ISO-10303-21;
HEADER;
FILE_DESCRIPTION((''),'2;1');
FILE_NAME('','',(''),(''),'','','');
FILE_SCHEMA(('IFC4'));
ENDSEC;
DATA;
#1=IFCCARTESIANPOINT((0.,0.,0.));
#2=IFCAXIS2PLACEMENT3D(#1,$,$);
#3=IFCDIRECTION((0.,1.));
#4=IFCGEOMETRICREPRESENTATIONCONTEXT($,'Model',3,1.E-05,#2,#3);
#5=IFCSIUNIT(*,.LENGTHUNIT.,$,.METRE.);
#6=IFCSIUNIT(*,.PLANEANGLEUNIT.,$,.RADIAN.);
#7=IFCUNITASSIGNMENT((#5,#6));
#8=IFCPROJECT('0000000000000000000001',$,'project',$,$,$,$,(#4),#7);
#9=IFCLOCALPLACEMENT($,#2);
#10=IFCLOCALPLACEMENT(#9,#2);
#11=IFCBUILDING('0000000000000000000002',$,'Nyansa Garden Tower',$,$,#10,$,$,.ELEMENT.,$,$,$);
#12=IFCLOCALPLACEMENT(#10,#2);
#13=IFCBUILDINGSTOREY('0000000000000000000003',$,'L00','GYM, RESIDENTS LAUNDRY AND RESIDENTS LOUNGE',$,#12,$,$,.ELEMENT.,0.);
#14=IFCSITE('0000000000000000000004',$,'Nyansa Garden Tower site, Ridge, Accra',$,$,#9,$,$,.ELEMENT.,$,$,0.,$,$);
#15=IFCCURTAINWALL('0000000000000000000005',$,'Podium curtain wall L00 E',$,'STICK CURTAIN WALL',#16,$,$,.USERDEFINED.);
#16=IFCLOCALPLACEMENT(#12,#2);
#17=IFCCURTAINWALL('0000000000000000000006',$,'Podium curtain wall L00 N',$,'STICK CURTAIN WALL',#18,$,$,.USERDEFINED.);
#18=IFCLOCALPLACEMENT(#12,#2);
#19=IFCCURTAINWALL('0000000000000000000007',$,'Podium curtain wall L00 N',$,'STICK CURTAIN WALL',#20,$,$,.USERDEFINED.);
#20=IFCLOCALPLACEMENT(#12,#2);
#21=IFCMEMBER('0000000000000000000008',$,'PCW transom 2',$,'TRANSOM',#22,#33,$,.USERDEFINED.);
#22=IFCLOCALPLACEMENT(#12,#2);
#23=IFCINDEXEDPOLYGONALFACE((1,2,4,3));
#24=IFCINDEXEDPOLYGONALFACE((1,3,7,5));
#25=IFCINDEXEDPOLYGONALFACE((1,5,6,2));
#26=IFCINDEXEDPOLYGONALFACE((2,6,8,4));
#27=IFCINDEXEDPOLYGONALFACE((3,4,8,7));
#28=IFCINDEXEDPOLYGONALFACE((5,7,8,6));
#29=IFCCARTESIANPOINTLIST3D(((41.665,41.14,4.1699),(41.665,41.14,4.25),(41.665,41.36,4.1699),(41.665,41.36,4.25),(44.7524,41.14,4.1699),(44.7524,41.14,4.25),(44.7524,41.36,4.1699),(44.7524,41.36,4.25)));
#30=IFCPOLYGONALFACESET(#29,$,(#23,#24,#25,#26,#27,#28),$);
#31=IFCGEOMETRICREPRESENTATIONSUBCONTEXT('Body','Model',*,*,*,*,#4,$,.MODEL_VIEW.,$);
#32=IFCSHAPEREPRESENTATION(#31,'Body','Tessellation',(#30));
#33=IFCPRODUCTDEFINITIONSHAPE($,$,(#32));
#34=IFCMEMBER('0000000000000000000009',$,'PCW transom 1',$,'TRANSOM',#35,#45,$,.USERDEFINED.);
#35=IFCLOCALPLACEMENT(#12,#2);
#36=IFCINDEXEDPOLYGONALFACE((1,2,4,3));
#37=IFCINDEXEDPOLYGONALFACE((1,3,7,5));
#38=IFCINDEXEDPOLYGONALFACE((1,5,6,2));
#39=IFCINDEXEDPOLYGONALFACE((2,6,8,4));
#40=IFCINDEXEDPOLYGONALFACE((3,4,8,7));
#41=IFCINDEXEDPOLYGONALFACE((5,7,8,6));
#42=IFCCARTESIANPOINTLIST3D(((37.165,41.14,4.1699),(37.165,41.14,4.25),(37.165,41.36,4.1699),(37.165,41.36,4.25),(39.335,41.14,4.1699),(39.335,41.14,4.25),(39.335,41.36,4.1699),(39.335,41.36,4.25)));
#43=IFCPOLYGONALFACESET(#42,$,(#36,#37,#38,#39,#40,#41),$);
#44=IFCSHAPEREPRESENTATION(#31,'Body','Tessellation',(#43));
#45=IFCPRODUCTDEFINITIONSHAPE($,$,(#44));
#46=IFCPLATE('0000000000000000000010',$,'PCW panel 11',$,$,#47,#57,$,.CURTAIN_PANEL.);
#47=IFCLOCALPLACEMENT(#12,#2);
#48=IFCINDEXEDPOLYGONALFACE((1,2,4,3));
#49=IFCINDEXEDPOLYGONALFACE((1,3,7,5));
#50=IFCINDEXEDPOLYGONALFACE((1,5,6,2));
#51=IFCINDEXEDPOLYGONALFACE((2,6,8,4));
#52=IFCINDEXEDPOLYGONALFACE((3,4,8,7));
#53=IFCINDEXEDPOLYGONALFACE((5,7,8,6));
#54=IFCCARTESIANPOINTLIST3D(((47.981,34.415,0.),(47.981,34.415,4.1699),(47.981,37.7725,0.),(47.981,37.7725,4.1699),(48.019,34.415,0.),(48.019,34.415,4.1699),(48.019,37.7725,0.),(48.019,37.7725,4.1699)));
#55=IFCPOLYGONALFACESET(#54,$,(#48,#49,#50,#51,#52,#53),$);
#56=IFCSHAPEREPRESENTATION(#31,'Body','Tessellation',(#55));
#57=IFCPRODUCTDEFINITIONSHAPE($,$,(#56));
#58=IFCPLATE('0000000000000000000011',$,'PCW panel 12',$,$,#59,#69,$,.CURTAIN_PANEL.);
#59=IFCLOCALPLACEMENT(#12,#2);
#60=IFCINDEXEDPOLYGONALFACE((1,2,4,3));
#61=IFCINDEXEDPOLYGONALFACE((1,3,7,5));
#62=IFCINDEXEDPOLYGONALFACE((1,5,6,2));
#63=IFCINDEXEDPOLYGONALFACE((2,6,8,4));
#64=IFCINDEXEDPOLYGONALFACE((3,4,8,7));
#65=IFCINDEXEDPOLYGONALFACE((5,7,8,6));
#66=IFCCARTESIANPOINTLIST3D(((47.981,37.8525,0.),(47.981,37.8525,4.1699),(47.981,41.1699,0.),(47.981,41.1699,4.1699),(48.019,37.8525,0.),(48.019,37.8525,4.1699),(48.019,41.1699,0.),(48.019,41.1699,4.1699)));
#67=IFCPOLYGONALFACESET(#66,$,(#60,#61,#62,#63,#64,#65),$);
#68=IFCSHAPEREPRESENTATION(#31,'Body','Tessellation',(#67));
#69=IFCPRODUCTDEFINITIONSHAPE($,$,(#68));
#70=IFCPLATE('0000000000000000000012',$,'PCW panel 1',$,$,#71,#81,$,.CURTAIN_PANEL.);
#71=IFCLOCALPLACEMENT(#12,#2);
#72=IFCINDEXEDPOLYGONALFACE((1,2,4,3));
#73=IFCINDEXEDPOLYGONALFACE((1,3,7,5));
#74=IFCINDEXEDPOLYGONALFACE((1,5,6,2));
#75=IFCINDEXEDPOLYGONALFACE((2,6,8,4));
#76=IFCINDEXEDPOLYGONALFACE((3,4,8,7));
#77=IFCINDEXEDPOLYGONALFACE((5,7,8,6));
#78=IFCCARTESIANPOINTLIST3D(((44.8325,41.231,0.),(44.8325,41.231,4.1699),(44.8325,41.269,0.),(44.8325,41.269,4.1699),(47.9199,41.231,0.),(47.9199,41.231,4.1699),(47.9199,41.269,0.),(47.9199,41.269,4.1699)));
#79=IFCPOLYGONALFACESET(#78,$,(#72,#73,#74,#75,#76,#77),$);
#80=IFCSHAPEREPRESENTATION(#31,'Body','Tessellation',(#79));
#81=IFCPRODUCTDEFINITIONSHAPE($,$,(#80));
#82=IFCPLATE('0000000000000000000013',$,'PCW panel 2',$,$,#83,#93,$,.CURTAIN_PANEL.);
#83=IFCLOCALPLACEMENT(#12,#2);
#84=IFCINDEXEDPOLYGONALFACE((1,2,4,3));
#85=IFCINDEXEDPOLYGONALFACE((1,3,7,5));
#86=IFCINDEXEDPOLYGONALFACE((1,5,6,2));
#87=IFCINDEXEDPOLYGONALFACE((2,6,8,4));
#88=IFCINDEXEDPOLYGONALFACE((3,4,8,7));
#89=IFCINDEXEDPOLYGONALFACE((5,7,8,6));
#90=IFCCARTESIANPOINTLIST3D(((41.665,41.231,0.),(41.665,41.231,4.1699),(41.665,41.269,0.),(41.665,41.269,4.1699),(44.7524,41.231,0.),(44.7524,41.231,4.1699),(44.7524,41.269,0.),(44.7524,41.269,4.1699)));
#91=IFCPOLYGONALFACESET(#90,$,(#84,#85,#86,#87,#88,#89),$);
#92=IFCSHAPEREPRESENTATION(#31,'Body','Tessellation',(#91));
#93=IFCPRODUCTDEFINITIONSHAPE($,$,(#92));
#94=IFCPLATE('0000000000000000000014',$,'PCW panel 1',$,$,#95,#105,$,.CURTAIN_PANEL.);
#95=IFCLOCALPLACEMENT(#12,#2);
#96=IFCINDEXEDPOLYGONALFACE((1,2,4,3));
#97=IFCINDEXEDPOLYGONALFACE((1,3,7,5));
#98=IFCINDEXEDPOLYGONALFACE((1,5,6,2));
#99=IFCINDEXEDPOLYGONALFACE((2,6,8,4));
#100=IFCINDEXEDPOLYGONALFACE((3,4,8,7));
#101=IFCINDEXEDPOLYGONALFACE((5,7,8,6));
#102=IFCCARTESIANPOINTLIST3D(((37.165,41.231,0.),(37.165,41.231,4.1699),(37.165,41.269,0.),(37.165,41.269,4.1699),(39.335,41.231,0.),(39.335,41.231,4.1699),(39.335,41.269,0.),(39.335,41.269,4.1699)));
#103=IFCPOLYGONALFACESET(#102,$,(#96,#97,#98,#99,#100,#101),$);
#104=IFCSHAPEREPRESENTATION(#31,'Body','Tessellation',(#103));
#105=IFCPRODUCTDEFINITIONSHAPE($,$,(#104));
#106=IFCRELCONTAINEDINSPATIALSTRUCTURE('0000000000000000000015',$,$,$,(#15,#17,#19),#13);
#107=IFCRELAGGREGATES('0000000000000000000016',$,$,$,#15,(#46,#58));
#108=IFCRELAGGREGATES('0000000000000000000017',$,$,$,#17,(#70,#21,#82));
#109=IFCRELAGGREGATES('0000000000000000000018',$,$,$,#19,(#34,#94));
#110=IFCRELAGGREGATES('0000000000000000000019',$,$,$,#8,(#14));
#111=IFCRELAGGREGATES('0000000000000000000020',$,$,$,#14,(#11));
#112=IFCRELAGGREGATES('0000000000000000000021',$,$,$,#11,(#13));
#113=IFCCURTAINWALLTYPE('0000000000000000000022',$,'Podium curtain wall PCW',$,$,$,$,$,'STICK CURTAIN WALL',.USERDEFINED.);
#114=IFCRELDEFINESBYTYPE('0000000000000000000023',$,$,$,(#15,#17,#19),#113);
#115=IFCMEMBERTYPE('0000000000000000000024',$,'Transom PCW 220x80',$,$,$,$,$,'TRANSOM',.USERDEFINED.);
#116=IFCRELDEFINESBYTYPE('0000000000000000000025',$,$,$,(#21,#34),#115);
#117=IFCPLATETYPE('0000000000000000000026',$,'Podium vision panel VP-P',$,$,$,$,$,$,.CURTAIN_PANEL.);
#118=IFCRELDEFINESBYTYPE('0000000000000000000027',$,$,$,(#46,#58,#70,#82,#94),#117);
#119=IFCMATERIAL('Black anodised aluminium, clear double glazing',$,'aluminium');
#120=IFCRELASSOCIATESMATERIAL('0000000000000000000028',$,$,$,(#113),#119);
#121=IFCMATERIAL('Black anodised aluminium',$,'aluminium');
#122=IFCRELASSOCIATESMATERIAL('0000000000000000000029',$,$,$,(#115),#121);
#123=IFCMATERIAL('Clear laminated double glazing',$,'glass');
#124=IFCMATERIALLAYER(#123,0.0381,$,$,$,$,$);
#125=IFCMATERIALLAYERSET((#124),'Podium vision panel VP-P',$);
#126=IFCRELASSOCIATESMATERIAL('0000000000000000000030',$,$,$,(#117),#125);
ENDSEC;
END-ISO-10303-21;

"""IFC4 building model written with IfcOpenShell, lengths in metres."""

from ifc_helpers import new_model, si_unit, direction, frame, origin, origin_2d, place, context, subcontext, project, spatial, rectangle, extrude, material, layer, layer_set, material_profile, profile_set, type_object, element, aggregate, save


model = new_model("IFC4")

# Units and contexts
model_context = context("Model", 3, precision=1e-05, world=origin(), true_north=direction((0.0, 1.0)))
body_context = subcontext(model_context, "Body", "Model", "MODEL_VIEW")
ifc_project = project(units=[si_unit("LENGTHUNIT", "METRE"), si_unit("PLANEANGLEUNIT", "RADIAN")], contexts=[model_context])

# Site, building, storey
site_placement = place(None, origin())
site = spatial("IfcSite", under=ifc_project, at=site_placement, Name="Nyansa Garden Tower site, Ridge, Accra", CompositionType="ELEMENT", RefElevation=0.0)
building_placement = place(site_placement, origin())
building = spatial("IfcBuilding", under=site, at=building_placement, Name="Nyansa Garden Tower", CompositionType="ELEMENT")
storey_placement = place(building_placement, origin())
storey = spatial("IfcBuildingStorey", under=building, at=storey_placement, Name="L00", Description="GYM, RESIDENTS LAUNDRY AND RESIDENTS LOUNGE", CompositionType="ELEMENT", Elevation=0.0)

# Curtain walls
ifc_material_1 = material(Name="Black anodised aluminium, clear double glazing", Category="aluminium")
curtain_wall_type = type_object("IfcCurtainWallType", Name="Podium curtain wall PCW", ElementType="STICK CURTAIN WALL", PredefinedType="USERDEFINED", material=ifc_material_1)
curtain_wall_1_placement = place(storey_placement, origin())
curtain_wall_1 = element("IfcCurtainWall", 1, at=curtain_wall_1_placement, inside=storey, type_object=curtain_wall_type, Name="Podium curtain wall L00 E", ObjectType="STICK CURTAIN WALL", PredefinedType="USERDEFINED")
curtain_wall_2_placement = place(storey_placement, origin())
curtain_wall_2 = element("IfcCurtainWall", 2, at=curtain_wall_2_placement, inside=storey, type_object=curtain_wall_type, Name="Podium curtain wall L00 N", ObjectType="STICK CURTAIN WALL", PredefinedType="USERDEFINED")
curtain_wall_3_placement = place(storey_placement, origin())
curtain_wall_3 = element("IfcCurtainWall", 3, at=curtain_wall_3_placement, inside=storey, type_object=curtain_wall_type, Name="Podium curtain wall L00 N", ObjectType="STICK CURTAIN WALL", PredefinedType="USERDEFINED")

# Members
ifc_material_2 = material(Name="Black anodised aluminium", Category="aluminium")
ifc_material_profile_1 = material_profile(ifc_material_2, rectangle(XDim=0.22, YDim=0.0801, at=origin_2d()), Name="Transom 220x80")
ifc_profile_set_1 = profile_set([ifc_material_profile_1], Name="Black anodised aluminium")
member_type_1 = type_object("IfcMemberType", Name="Transom PCW 220x80", ElementType="TRANSOM", PredefinedType="USERDEFINED", material=ifc_profile_set_1)
member_1_placement = place(storey_placement, frame((44.7524, 41.25, 4.21), z_axis=(-1.0, 0.0, 0.0), x_axis=(0.0, -1.0, 0.0)))
member_1 = element("IfcMember", 4, at=member_1_placement, type_object=member_type_1, Name="PCW transom 2", ObjectType="TRANSOM", PredefinedType="USERDEFINED", context=body_context, shape_type="SweptSolid", body=[
    extrude(rectangle(XDim=0.22, YDim=0.0801, at=origin_2d()), origin(), (0.0, 0.0, 1.0), 3.0874),
])
member_2_placement = place(storey_placement, frame((39.335, 41.25, 4.21), z_axis=(-1.0, 0.0, 0.0), x_axis=(0.0, -1.0, 0.0)))
member_2 = element("IfcMember", 5, at=member_2_placement, type_object=member_type_1, Name="PCW transom 1", ObjectType="TRANSOM", PredefinedType="USERDEFINED", context=body_context, shape_type="SweptSolid", body=[
    extrude(rectangle(XDim=0.22, YDim=0.0801, at=origin_2d()), origin(), (0.0, 0.0, 1.0), 2.1699),
])

# Plates
ifc_material_3 = material(Name="Clear laminated double glazing", Category="glass")
ifc_layer = layer(ifc_material_3, 0.0381)
ifc_layer_set = layer_set([ifc_layer], Name="Podium vision panel VP-P")
plate_type = type_object("IfcPlateType", Name="Podium vision panel VP-P", PredefinedType="CURTAIN_PANEL", material=ifc_layer_set)
plate_1_placement = place(storey_placement, frame((48.0, 36.0938, 0.0), z_axis=(0.0, 0.0, 1.0), x_axis=(0.0, 1.0, 0.0)))
plate_1 = element("IfcPlate", 6, at=plate_1_placement, type_object=plate_type, Name="PCW panel 11", PredefinedType="CURTAIN_PANEL", context=body_context, shape_type="SweptSolid", body=[
    extrude(rectangle(XDim=3.3574, YDim=0.0381, at=origin_2d()), origin(), (0.0, 0.0, 1.0), 4.1699),
])
plate_2_placement = place(storey_placement, frame((48.0, 39.5112, 0.0), z_axis=(0.0, 0.0, 1.0), x_axis=(0.0, 1.0, 0.0)))
plate_2 = element("IfcPlate", 7, at=plate_2_placement, type_object=plate_type, Name="PCW panel 12", PredefinedType="CURTAIN_PANEL", context=body_context, shape_type="SweptSolid", body=[
    extrude(rectangle(XDim=3.3174, YDim=0.0381, at=origin_2d()), origin(), (0.0, 0.0, 1.0), 4.1699),
])
aggregate(curtain_wall_1, [plate_1, plate_2])
plate_3_placement = place(storey_placement, frame((46.3762, 41.25, 0.0), z_axis=(0.0, 0.0, 1.0), x_axis=(-1.0, 0.0, 0.0)))
plate_3 = element("IfcPlate", 8, at=plate_3_placement, type_object=plate_type, Name="PCW panel 1", PredefinedType="CURTAIN_PANEL", context=body_context, shape_type="SweptSolid", body=[
    extrude(rectangle(XDim=3.0874, YDim=0.0381, at=origin_2d()), origin(), (0.0, 0.0, 1.0), 4.1699),
])
plate_4_placement = place(storey_placement, frame((43.2087, 41.25, 0.0), z_axis=(0.0, 0.0, 1.0), x_axis=(-1.0, 0.0, 0.0)))
plate_4 = element("IfcPlate", 9, at=plate_4_placement, type_object=plate_type, Name="PCW panel 2", PredefinedType="CURTAIN_PANEL", context=body_context, shape_type="SweptSolid", body=[
    extrude(rectangle(XDim=3.0874, YDim=0.0381, at=origin_2d()), origin(), (0.0, 0.0, 1.0), 4.1699),
])
aggregate(curtain_wall_2, [plate_3, member_1, plate_4])
plate_5_placement = place(storey_placement, frame((38.25, 41.25, 0.0), z_axis=(0.0, 0.0, 1.0), x_axis=(-1.0, 0.0, 0.0)))
plate_5 = element("IfcPlate", 10, at=plate_5_placement, type_object=plate_type, Name="PCW panel 1", PredefinedType="CURTAIN_PANEL", context=body_context, shape_type="SweptSolid", body=[
    extrude(rectangle(XDim=2.1699, YDim=0.0381, at=origin_2d()), origin(), (0.0, 0.0, 1.0), 4.1699),
])
aggregate(curtain_wall_3, [member_2, plate_5])

save(model, "model.ifc")
